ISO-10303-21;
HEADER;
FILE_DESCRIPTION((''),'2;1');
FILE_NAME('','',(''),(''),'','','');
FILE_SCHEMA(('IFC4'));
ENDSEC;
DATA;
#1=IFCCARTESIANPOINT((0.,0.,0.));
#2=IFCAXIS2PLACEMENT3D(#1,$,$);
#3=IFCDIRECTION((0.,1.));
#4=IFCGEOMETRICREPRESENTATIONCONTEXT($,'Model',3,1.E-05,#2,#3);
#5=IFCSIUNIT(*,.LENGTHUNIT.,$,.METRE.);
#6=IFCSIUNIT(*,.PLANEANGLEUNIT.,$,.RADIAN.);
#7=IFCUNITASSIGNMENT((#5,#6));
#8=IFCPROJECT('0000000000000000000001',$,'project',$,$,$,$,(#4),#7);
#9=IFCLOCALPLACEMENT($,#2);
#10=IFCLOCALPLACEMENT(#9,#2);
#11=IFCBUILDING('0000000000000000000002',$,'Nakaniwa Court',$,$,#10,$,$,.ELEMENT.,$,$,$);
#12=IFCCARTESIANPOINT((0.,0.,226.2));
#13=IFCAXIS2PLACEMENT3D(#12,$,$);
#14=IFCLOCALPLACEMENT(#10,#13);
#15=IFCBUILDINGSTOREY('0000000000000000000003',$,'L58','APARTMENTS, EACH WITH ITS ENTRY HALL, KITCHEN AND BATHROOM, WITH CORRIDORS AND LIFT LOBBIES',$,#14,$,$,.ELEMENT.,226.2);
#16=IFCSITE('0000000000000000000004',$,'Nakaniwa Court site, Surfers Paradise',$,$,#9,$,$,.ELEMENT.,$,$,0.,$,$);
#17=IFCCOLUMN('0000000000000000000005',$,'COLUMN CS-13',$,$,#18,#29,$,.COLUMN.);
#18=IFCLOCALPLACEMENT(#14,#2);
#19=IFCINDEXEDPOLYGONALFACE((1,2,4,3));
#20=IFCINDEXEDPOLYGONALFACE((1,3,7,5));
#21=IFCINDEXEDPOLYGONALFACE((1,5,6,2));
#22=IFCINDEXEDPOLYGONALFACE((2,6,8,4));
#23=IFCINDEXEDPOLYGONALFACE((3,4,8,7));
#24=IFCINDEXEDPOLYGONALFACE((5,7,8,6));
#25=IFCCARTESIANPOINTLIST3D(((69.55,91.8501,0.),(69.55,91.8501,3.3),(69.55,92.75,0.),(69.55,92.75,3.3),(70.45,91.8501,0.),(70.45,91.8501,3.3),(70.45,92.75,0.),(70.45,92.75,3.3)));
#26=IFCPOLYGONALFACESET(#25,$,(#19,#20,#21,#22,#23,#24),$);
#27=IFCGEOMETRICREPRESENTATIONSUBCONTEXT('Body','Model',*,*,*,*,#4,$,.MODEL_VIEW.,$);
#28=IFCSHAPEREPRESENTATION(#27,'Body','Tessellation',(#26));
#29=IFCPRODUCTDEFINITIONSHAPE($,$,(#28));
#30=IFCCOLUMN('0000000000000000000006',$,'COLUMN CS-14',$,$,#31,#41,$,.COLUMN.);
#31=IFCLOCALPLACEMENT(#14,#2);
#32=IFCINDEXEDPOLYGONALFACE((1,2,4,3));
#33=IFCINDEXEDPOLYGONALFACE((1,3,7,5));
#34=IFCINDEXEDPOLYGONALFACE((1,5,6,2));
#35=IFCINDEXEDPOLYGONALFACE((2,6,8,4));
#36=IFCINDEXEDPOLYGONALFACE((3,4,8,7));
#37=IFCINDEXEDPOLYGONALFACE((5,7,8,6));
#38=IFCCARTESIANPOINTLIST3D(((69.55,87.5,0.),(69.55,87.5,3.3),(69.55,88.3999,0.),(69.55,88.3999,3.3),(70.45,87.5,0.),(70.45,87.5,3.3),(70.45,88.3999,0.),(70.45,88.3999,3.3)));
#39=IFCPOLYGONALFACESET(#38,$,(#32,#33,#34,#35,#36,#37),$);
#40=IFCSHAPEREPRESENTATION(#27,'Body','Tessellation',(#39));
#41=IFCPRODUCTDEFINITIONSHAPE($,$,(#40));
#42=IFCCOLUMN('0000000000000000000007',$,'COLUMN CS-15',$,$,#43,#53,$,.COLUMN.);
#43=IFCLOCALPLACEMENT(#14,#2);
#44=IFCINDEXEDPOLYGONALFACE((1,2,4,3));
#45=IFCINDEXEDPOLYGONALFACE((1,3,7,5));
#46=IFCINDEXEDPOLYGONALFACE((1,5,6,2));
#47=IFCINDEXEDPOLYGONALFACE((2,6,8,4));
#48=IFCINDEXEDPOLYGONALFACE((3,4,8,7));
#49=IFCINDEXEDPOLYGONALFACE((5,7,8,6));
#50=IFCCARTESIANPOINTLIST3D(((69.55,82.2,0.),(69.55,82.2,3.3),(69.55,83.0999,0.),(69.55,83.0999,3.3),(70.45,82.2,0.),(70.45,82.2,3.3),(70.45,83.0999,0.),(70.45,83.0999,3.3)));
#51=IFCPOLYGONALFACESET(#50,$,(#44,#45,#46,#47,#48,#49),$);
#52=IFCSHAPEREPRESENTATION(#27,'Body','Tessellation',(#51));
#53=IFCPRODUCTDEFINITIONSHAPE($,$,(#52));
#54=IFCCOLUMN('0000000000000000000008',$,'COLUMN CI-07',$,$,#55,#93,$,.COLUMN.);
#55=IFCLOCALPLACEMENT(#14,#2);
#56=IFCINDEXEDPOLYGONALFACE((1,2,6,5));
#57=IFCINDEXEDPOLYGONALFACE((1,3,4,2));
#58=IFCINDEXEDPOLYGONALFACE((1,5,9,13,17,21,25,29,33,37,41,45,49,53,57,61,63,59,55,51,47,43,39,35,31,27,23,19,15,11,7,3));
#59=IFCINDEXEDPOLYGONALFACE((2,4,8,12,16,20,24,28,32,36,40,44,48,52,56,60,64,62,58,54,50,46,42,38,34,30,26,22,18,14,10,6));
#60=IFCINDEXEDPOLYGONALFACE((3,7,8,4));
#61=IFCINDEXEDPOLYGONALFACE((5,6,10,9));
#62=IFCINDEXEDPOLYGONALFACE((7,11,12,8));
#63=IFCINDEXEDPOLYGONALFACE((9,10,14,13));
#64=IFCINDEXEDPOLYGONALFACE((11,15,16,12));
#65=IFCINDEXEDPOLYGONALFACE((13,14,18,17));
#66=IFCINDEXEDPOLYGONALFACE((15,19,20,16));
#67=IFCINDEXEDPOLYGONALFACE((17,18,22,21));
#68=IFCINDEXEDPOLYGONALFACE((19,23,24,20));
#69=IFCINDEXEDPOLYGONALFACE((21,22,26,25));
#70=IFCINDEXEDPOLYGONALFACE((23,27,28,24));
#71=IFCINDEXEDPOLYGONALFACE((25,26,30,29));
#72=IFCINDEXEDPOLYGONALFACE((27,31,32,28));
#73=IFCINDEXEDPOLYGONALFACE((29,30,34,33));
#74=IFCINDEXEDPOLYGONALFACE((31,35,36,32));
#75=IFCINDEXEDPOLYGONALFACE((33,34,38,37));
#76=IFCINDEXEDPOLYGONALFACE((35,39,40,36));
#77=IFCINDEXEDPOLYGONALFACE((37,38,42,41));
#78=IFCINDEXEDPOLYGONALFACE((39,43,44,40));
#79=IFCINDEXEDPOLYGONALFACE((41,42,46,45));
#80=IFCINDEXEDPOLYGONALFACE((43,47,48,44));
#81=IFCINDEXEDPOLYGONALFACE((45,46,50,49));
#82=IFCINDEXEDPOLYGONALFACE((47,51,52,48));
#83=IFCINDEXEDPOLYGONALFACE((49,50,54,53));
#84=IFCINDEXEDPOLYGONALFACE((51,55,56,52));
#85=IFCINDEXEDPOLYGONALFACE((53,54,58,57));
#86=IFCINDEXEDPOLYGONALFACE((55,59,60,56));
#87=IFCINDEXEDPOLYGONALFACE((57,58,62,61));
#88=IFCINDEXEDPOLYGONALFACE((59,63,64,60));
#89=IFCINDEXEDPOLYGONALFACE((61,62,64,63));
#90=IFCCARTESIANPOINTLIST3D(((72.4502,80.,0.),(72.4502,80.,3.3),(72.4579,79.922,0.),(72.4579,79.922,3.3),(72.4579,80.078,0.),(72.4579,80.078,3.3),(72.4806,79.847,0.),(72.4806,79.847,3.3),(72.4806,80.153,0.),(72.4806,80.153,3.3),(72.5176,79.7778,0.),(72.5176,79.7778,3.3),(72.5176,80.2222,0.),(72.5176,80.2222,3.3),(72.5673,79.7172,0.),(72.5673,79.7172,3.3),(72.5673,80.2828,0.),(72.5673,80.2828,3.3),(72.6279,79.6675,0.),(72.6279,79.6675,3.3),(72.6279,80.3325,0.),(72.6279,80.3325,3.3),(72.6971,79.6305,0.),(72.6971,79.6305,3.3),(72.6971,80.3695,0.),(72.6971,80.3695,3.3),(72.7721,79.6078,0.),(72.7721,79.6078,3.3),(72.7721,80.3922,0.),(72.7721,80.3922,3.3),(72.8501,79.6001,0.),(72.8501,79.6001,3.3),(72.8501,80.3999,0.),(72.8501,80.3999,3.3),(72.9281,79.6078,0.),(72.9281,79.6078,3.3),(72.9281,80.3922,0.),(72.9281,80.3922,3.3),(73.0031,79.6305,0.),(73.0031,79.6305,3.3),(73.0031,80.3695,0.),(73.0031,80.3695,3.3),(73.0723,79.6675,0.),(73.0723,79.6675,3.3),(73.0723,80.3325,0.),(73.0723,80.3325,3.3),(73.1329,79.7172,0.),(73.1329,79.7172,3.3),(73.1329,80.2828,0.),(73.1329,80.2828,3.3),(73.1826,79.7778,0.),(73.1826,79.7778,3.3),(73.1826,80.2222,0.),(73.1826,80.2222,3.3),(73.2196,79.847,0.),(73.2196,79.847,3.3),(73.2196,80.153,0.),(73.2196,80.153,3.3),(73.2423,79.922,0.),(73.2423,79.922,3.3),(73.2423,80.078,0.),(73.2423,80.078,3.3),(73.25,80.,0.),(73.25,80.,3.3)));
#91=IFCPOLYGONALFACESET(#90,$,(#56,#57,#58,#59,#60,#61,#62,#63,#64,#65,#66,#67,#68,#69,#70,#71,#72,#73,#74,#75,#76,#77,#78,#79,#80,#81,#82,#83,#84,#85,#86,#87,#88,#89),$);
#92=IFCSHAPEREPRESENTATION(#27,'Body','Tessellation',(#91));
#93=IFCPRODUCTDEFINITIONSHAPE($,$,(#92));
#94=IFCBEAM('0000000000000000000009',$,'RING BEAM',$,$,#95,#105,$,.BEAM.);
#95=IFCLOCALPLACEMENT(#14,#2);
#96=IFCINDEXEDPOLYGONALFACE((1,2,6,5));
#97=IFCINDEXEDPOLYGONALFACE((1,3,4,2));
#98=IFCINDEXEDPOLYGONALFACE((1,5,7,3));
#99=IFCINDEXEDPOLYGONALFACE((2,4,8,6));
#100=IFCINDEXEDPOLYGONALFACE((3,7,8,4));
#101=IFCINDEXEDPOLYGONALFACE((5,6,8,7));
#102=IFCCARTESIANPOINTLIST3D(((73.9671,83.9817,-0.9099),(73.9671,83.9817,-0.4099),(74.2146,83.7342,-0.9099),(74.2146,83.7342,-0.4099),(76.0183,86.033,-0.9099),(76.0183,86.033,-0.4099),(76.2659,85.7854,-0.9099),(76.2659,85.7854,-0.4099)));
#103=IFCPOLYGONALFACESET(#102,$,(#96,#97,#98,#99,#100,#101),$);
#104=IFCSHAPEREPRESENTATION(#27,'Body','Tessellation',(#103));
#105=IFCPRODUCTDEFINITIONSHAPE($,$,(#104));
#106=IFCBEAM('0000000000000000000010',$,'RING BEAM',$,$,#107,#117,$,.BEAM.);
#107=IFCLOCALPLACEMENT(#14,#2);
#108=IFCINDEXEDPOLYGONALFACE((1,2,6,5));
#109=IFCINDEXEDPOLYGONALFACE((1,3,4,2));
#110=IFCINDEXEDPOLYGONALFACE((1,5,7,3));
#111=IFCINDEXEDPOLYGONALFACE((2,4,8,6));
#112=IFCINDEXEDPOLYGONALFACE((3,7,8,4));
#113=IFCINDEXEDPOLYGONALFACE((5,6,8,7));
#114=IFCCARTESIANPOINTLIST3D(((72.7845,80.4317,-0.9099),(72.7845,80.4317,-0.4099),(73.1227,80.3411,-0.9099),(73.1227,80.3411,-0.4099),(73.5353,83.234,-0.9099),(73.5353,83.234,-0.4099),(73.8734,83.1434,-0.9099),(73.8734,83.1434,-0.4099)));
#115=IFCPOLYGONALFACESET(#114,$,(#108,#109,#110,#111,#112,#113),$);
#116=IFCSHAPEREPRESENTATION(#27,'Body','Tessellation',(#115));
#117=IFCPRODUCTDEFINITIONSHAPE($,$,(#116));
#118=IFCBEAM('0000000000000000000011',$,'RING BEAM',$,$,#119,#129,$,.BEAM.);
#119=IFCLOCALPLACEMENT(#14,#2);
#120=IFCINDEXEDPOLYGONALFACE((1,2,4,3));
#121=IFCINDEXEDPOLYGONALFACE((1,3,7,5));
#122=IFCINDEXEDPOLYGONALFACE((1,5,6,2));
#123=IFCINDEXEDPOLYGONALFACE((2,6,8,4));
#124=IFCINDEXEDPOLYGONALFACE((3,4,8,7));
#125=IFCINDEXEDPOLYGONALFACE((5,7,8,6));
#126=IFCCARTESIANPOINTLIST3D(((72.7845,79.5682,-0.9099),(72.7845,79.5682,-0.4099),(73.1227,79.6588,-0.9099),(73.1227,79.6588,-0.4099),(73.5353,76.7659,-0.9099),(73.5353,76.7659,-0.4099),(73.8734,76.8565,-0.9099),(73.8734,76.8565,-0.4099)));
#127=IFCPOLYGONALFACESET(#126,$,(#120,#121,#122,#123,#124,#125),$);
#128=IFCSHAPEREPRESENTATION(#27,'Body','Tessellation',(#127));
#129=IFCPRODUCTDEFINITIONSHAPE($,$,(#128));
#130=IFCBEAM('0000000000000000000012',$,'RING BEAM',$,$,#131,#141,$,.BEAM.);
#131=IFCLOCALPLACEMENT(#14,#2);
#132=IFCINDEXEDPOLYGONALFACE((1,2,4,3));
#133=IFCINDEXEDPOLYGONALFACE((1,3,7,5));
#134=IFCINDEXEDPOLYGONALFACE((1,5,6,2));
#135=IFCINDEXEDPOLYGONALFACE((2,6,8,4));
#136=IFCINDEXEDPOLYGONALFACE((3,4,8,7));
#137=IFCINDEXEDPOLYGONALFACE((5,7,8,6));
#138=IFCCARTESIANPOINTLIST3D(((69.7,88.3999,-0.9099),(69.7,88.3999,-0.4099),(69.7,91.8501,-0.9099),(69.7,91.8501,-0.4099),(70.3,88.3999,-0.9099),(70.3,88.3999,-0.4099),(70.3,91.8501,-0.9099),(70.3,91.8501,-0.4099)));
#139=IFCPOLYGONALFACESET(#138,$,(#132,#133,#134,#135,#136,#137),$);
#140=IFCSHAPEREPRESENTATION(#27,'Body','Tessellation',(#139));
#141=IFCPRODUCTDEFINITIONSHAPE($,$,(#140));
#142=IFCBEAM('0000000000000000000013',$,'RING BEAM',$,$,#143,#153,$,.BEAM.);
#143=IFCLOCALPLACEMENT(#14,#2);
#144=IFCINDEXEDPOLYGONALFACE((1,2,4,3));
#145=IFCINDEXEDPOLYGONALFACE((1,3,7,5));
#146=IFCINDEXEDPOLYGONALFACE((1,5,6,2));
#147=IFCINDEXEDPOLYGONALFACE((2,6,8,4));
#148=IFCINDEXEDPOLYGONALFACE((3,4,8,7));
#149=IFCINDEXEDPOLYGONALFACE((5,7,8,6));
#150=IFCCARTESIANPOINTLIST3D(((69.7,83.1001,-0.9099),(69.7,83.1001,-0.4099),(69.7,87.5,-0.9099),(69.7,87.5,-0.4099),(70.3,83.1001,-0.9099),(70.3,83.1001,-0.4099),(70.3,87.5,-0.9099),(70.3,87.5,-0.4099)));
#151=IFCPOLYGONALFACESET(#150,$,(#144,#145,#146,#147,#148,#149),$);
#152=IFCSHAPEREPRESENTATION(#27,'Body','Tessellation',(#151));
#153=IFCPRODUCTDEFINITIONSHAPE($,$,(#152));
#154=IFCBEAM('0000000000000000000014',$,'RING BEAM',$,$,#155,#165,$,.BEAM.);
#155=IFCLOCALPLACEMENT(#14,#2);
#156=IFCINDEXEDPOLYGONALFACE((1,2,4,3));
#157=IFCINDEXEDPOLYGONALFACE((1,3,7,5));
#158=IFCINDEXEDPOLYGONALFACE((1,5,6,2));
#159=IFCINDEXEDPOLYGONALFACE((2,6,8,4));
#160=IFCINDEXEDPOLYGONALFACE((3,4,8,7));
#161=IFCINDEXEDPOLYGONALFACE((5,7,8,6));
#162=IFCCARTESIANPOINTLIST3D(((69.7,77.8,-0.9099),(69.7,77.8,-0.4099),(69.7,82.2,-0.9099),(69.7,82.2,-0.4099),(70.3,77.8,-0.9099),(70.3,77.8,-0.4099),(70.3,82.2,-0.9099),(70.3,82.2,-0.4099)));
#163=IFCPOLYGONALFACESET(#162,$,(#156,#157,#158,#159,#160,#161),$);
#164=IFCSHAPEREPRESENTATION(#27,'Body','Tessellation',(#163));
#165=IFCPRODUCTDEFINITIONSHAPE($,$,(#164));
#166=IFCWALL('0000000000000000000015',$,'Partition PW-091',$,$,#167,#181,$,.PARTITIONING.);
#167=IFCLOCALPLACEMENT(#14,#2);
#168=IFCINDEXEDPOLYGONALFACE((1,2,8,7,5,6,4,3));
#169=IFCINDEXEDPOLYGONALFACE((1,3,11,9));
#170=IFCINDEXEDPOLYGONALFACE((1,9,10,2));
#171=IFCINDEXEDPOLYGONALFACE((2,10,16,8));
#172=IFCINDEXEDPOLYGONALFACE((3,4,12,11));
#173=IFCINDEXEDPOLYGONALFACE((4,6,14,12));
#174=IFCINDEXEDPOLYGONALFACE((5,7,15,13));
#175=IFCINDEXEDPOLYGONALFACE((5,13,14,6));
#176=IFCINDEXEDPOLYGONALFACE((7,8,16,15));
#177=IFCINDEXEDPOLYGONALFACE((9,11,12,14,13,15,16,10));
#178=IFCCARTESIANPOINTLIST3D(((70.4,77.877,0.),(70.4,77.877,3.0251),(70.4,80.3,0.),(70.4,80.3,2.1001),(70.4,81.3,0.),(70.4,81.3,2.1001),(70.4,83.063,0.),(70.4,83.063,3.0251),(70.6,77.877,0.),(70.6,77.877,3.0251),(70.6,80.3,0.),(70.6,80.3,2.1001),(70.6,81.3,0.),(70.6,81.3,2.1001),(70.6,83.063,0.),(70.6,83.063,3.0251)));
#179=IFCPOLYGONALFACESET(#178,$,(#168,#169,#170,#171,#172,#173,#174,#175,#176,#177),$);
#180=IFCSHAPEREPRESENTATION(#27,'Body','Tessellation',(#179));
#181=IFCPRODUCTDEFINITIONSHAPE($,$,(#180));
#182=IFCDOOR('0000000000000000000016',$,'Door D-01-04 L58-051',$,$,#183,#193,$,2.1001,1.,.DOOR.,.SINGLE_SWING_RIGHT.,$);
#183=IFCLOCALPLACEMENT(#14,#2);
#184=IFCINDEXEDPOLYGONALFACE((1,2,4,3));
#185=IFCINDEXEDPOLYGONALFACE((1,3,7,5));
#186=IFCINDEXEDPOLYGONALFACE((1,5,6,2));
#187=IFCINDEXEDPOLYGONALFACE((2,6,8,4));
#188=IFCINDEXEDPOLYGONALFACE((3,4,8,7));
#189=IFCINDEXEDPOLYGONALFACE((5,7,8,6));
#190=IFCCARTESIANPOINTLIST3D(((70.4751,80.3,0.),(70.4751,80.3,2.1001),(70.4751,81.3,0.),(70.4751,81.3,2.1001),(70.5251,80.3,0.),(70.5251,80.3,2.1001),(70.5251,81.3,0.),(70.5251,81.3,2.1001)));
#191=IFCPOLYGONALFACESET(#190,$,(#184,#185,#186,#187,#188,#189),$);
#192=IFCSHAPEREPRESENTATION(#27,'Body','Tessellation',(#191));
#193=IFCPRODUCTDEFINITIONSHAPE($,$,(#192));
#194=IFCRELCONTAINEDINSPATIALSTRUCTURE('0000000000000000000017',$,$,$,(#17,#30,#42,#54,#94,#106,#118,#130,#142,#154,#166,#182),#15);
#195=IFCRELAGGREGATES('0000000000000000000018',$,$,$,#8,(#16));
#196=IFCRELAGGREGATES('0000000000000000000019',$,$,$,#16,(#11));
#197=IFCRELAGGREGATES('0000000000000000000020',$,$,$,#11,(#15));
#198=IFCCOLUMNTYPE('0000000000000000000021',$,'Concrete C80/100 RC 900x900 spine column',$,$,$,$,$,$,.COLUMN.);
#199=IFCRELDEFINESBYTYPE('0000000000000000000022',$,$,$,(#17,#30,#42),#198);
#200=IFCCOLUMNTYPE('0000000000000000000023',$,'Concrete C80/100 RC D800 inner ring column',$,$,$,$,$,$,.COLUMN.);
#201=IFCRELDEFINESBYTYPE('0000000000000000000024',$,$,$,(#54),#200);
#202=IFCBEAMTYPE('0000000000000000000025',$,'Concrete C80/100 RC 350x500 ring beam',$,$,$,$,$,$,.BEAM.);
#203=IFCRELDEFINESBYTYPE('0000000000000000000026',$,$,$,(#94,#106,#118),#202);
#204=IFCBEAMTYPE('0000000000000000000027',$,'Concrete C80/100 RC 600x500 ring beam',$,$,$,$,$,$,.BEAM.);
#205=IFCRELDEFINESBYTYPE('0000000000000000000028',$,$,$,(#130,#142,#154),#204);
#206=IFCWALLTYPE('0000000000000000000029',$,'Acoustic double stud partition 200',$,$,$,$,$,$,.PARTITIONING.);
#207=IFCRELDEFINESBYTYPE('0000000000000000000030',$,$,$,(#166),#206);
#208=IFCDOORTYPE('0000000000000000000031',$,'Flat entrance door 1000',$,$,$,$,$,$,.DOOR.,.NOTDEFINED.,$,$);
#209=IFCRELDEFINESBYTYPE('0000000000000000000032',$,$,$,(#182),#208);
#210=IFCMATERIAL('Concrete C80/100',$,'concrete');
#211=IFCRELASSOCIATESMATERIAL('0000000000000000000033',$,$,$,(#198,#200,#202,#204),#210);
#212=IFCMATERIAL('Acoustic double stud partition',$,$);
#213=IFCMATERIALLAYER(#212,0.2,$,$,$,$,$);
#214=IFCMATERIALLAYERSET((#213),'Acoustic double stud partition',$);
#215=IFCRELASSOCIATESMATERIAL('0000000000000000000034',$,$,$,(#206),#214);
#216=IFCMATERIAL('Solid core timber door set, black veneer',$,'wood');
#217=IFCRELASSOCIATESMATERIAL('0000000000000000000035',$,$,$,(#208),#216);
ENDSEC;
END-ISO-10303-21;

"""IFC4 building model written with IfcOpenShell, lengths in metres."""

from ifc_helpers import new_model, si_unit, direction, frame, frame_2d, origin, origin_2d, place, context, subcontext, project, spatial, rectangle, circle, extrude, material, layer, layer_set, material_profile, profile_set, type_object, element, fill, save


model = new_model("IFC4")

# Units and contexts
model_context = context("Model", 3, precision=1e-05, world=origin(), true_north=direction((0.0, 1.0)))
body_context = subcontext(model_context, "Body", "Model", "MODEL_VIEW")
ifc_project = project(units=[si_unit("LENGTHUNIT", "METRE"), si_unit("PLANEANGLEUNIT", "RADIAN")], contexts=[model_context])

# Site, building, storey
site_placement = place(None, origin())
site = spatial("IfcSite", under=ifc_project, at=site_placement, Name="Nakaniwa Court site, Surfers Paradise", CompositionType="ELEMENT", RefElevation=0.0)
building_placement = place(site_placement, origin())
building = spatial("IfcBuilding", under=site, at=building_placement, Name="Nakaniwa Court", CompositionType="ELEMENT")
storey_placement = place(building_placement, frame((0.0, 0.0, 226.2)))
storey = spatial("IfcBuildingStorey", under=building, at=storey_placement, Name="L58", Description="APARTMENTS, EACH WITH ITS ENTRY HALL, KITCHEN AND BATHROOM, WITH CORRIDORS AND LIFT LOBBIES", CompositionType="ELEMENT", Elevation=226.2)

# Columns
ifc_material_1 = material(Name="Concrete C80/100", Category="concrete")
ifc_material_profile_1 = material_profile(ifc_material_1, rectangle(XDim=0.8999, YDim=0.8999, at=origin_2d()), Name="Concrete C80/100 RC 900x900 spine column")
ifc_profile_set_1 = profile_set([ifc_material_profile_1], Name="Concrete C80/100")
column_type_1 = type_object("IfcColumnType", Name="Concrete C80/100 RC 900x900 spine column", PredefinedType="COLUMN", material=ifc_profile_set_1)
for number, where, z_axis, x_axis, name in (
    (1, (70.0, 92.3, 0.0), (0.0, 0.0, 1.0), (0.0, -1.0, 0.0), "COLUMN CS-13"),
    (2, (70.0, 87.95, 0.0), (0.0, 0.0, 1.0), (0.0, -1.0, 0.0), "COLUMN CS-14"),
    (3, (70.0, 82.6499, 0.0), (0.0, 0.0, 1.0), (0.0, -1.0, 0.0), "COLUMN CS-15"),
):
    element("IfcColumn", number, at=place(storey_placement, frame(where, z_axis=z_axis, x_axis=x_axis)), inside=storey, type_object=column_type_1, Name=name, PredefinedType="COLUMN", context=body_context, shape_type="SweptSolid", body=[
        extrude(rectangle(XDim=0.8999, YDim=0.8999, at=origin_2d()), origin(), (0.0, 0.0, 1.0), 3.3),
    ])
ifc_material_profile_2 = material_profile(ifc_material_1, circle(Radius=0.3999, at=origin_2d()), Name="Concrete C80/100 RC D800 inner ring column")
ifc_profile_set_2 = profile_set([ifc_material_profile_2], Name="Concrete C80/100")
column_type_2 = type_object("IfcColumnType", Name="Concrete C80/100 RC D800 inner ring column", PredefinedType="COLUMN", material=ifc_profile_set_2)
for number, where, z_axis, x_axis, name in (
    (4, (72.8501, 80.0, 0.0), (0.0, 0.0, 1.0), (0.0, -1.0, 0.0), "COLUMN CI-07"),
):
    element("IfcColumn", number, at=place(storey_placement, frame(where, z_axis=z_axis, x_axis=x_axis)), inside=storey, type_object=column_type_2, Name=name, PredefinedType="COLUMN", context=body_context, shape_type="SweptSolid", body=[
        extrude(circle(Radius=0.3999, at=origin_2d()), origin(), (0.0, 0.0, 1.0), 3.3),
    ])

# Beams
ifc_material_profile_3 = material_profile(ifc_material_1, rectangle(XDim=0.3501, YDim=0.5, at=origin_2d()), Name="Concrete C80/100 RC 350x500 ring beam")
ifc_profile_set_3 = profile_set([ifc_material_profile_3], Name="Concrete C80/100")
beam_type_1 = type_object("IfcBeamType", Name="Concrete C80/100 RC 350x500 ring beam", PredefinedType="BEAM", material=ifc_profile_set_3)
beam_1_placement = place(storey_placement, frame((76.1421, 85.9092, -0.6599), z_axis=(-0.707107, -0.707107, 0.0), x_axis=(0.707107, -0.707107, 0.0)))
element("IfcBeam", 5, at=beam_1_placement, inside=storey, type_object=beam_type_1, Name="RING BEAM", PredefinedType="BEAM", context=body_context, shape_type="SweptSolid", body=[
    extrude(rectangle(XDim=0.3501, YDim=0.5, at=origin_2d()), origin(), (0.0, 0.0, 1.0), 2.9009),
])
for number, where, z_axis, x_axis, name in (
    (6, (73.7043, 83.1887, -0.6599), (-0.258778, -0.965937, 0.0), (0.965937, -0.258778, 0.0), "RING BEAM"),
    (7, (72.9536, 79.6135, -0.6599), (0.258778, -0.965937, 0.0), (0.965937, 0.258778, 0.0), "RING BEAM"),
):
    element("IfcBeam", number, at=place(storey_placement, frame(where, z_axis=z_axis, x_axis=x_axis)), inside=storey, type_object=beam_type_1, Name=name, PredefinedType="BEAM", context=body_context, shape_type="SweptSolid", body=[
        extrude(rectangle(XDim=0.3501, YDim=0.5, at=origin_2d()), origin(), (0.0, 0.0, 1.0), 2.9011),
    ])
ifc_material_profile_4 = material_profile(ifc_material_1, rectangle(XDim=0.6001, YDim=0.5, at=origin_2d()), Name="Concrete C80/100 RC 600x500 ring beam")
ifc_profile_set_4 = profile_set([ifc_material_profile_4], Name="Concrete C80/100")
beam_type_2 = type_object("IfcBeamType", Name="Concrete C80/100 RC 600x500 ring beam", PredefinedType="BEAM", material=ifc_profile_set_4)
beam_2_placement = place(storey_placement, frame((70.0, 91.8501, -0.6599), z_axis=(0.0, -1.0, 0.0), x_axis=(1.0, 0.0, 0.0)))
element("IfcBeam", 8, at=beam_2_placement, inside=storey, type_object=beam_type_2, Name="RING BEAM", PredefinedType="BEAM", context=body_context, shape_type="SweptSolid", body=[
    extrude(rectangle(XDim=0.6001, YDim=0.5, at=origin_2d()), origin(), (0.0, 0.0, 1.0), 3.4502),
])
for number, where, z_axis, x_axis, name in (
    (9, (70.0, 87.5, -0.6599), (0.0, -1.0, 0.0), (1.0, 0.0, 0.0), "RING BEAM"),
    (10, (70.0, 82.2, -0.6599), (0.0, -1.0, 0.0), (1.0, 0.0, 0.0), "RING BEAM"),
):
    element("IfcBeam", number, at=place(storey_placement, frame(where, z_axis=z_axis, x_axis=x_axis)), inside=storey, type_object=beam_type_2, Name=name, PredefinedType="BEAM", context=body_context, shape_type="SweptSolid", body=[
        extrude(rectangle(XDim=0.6001, YDim=0.5, at=origin_2d()), origin(), (0.0, 0.0, 1.0), 4.3999),
    ])

# Wall, opening, door
ifc_material_2 = material(Name="Acoustic double stud partition")
ifc_layer_1 = layer(ifc_material_2, 0.2)
ifc_layer_set_1 = layer_set([ifc_layer_1], Name="Acoustic double stud partition")
wall_type_1 = type_object("IfcWallType", Name="Acoustic double stud partition 200", PredefinedType="PARTITIONING", material=ifc_layer_set_1)
wall_1_placement = place(storey_placement, frame((70.5, 77.877, 0.0), z_axis=(0.0, 0.0, 1.0), x_axis=(0.0, 1.0, 0.0)))
wall_1 = element("IfcWall", 11, at=wall_1_placement, inside=storey, type_object=wall_type_1, Name="Partition PW-091", PredefinedType="PARTITIONING", context=body_context, shape_type="SweptSolid", body=[
    extrude(rectangle(XDim=5.186, YDim=0.2, at=frame_2d((2.593, 0.0))), origin(), (0.0, 0.0, 1.0), 3.0251),
])
opening_1_placement = place(wall_1_placement, frame((2.4231, 0.0, 0.0)))
opening_1 = element("IfcOpeningElement", 12, at=opening_1_placement, cuts=wall_1, PredefinedType="OPENING", context=body_context, shape_type="SweptSolid", body=[
    extrude(rectangle(XDim=1.0, YDim=2.1001, at=frame_2d((0.5, 1.05))), frame((0.0, 0.1099, 0.0), z_axis=(0.0, -1.0, 0.0), x_axis=(1.0, 0.0, 0.0)), (0.0, 0.0, 1.0), 0.22),
])
ifc_material_3 = material(Name="Solid core timber door set, black veneer", Category="wood")
door_type_1 = type_object("IfcDoorType", Name="Flat entrance door 1000", OperationType="NOTDEFINED", PredefinedType="DOOR", material=ifc_material_3)
door_1_placement = place(opening_1_placement, origin())
door_1 = element("IfcDoor", 13, at=door_1_placement, inside=storey, type_object=door_type_1, Name="Door D-01-04 L58-051", OperationType="SINGLE_SWING_RIGHT", OverallHeight=2.1001, OverallWidth=1.0, PredefinedType="DOOR", context=body_context, shape_type="SweptSolid", body=[
    extrude(rectangle(XDim=1.0, YDim=2.1001, at=frame_2d((0.5, 1.05))), frame((0.0, 0.0249, 0.0), z_axis=(0.0, -1.0, 0.0), x_axis=(1.0, 0.0, 0.0)), (0.0, 0.0, 1.0), 0.05),
])
fill(opening_1, door_1)

save(model, "model.ifc")
